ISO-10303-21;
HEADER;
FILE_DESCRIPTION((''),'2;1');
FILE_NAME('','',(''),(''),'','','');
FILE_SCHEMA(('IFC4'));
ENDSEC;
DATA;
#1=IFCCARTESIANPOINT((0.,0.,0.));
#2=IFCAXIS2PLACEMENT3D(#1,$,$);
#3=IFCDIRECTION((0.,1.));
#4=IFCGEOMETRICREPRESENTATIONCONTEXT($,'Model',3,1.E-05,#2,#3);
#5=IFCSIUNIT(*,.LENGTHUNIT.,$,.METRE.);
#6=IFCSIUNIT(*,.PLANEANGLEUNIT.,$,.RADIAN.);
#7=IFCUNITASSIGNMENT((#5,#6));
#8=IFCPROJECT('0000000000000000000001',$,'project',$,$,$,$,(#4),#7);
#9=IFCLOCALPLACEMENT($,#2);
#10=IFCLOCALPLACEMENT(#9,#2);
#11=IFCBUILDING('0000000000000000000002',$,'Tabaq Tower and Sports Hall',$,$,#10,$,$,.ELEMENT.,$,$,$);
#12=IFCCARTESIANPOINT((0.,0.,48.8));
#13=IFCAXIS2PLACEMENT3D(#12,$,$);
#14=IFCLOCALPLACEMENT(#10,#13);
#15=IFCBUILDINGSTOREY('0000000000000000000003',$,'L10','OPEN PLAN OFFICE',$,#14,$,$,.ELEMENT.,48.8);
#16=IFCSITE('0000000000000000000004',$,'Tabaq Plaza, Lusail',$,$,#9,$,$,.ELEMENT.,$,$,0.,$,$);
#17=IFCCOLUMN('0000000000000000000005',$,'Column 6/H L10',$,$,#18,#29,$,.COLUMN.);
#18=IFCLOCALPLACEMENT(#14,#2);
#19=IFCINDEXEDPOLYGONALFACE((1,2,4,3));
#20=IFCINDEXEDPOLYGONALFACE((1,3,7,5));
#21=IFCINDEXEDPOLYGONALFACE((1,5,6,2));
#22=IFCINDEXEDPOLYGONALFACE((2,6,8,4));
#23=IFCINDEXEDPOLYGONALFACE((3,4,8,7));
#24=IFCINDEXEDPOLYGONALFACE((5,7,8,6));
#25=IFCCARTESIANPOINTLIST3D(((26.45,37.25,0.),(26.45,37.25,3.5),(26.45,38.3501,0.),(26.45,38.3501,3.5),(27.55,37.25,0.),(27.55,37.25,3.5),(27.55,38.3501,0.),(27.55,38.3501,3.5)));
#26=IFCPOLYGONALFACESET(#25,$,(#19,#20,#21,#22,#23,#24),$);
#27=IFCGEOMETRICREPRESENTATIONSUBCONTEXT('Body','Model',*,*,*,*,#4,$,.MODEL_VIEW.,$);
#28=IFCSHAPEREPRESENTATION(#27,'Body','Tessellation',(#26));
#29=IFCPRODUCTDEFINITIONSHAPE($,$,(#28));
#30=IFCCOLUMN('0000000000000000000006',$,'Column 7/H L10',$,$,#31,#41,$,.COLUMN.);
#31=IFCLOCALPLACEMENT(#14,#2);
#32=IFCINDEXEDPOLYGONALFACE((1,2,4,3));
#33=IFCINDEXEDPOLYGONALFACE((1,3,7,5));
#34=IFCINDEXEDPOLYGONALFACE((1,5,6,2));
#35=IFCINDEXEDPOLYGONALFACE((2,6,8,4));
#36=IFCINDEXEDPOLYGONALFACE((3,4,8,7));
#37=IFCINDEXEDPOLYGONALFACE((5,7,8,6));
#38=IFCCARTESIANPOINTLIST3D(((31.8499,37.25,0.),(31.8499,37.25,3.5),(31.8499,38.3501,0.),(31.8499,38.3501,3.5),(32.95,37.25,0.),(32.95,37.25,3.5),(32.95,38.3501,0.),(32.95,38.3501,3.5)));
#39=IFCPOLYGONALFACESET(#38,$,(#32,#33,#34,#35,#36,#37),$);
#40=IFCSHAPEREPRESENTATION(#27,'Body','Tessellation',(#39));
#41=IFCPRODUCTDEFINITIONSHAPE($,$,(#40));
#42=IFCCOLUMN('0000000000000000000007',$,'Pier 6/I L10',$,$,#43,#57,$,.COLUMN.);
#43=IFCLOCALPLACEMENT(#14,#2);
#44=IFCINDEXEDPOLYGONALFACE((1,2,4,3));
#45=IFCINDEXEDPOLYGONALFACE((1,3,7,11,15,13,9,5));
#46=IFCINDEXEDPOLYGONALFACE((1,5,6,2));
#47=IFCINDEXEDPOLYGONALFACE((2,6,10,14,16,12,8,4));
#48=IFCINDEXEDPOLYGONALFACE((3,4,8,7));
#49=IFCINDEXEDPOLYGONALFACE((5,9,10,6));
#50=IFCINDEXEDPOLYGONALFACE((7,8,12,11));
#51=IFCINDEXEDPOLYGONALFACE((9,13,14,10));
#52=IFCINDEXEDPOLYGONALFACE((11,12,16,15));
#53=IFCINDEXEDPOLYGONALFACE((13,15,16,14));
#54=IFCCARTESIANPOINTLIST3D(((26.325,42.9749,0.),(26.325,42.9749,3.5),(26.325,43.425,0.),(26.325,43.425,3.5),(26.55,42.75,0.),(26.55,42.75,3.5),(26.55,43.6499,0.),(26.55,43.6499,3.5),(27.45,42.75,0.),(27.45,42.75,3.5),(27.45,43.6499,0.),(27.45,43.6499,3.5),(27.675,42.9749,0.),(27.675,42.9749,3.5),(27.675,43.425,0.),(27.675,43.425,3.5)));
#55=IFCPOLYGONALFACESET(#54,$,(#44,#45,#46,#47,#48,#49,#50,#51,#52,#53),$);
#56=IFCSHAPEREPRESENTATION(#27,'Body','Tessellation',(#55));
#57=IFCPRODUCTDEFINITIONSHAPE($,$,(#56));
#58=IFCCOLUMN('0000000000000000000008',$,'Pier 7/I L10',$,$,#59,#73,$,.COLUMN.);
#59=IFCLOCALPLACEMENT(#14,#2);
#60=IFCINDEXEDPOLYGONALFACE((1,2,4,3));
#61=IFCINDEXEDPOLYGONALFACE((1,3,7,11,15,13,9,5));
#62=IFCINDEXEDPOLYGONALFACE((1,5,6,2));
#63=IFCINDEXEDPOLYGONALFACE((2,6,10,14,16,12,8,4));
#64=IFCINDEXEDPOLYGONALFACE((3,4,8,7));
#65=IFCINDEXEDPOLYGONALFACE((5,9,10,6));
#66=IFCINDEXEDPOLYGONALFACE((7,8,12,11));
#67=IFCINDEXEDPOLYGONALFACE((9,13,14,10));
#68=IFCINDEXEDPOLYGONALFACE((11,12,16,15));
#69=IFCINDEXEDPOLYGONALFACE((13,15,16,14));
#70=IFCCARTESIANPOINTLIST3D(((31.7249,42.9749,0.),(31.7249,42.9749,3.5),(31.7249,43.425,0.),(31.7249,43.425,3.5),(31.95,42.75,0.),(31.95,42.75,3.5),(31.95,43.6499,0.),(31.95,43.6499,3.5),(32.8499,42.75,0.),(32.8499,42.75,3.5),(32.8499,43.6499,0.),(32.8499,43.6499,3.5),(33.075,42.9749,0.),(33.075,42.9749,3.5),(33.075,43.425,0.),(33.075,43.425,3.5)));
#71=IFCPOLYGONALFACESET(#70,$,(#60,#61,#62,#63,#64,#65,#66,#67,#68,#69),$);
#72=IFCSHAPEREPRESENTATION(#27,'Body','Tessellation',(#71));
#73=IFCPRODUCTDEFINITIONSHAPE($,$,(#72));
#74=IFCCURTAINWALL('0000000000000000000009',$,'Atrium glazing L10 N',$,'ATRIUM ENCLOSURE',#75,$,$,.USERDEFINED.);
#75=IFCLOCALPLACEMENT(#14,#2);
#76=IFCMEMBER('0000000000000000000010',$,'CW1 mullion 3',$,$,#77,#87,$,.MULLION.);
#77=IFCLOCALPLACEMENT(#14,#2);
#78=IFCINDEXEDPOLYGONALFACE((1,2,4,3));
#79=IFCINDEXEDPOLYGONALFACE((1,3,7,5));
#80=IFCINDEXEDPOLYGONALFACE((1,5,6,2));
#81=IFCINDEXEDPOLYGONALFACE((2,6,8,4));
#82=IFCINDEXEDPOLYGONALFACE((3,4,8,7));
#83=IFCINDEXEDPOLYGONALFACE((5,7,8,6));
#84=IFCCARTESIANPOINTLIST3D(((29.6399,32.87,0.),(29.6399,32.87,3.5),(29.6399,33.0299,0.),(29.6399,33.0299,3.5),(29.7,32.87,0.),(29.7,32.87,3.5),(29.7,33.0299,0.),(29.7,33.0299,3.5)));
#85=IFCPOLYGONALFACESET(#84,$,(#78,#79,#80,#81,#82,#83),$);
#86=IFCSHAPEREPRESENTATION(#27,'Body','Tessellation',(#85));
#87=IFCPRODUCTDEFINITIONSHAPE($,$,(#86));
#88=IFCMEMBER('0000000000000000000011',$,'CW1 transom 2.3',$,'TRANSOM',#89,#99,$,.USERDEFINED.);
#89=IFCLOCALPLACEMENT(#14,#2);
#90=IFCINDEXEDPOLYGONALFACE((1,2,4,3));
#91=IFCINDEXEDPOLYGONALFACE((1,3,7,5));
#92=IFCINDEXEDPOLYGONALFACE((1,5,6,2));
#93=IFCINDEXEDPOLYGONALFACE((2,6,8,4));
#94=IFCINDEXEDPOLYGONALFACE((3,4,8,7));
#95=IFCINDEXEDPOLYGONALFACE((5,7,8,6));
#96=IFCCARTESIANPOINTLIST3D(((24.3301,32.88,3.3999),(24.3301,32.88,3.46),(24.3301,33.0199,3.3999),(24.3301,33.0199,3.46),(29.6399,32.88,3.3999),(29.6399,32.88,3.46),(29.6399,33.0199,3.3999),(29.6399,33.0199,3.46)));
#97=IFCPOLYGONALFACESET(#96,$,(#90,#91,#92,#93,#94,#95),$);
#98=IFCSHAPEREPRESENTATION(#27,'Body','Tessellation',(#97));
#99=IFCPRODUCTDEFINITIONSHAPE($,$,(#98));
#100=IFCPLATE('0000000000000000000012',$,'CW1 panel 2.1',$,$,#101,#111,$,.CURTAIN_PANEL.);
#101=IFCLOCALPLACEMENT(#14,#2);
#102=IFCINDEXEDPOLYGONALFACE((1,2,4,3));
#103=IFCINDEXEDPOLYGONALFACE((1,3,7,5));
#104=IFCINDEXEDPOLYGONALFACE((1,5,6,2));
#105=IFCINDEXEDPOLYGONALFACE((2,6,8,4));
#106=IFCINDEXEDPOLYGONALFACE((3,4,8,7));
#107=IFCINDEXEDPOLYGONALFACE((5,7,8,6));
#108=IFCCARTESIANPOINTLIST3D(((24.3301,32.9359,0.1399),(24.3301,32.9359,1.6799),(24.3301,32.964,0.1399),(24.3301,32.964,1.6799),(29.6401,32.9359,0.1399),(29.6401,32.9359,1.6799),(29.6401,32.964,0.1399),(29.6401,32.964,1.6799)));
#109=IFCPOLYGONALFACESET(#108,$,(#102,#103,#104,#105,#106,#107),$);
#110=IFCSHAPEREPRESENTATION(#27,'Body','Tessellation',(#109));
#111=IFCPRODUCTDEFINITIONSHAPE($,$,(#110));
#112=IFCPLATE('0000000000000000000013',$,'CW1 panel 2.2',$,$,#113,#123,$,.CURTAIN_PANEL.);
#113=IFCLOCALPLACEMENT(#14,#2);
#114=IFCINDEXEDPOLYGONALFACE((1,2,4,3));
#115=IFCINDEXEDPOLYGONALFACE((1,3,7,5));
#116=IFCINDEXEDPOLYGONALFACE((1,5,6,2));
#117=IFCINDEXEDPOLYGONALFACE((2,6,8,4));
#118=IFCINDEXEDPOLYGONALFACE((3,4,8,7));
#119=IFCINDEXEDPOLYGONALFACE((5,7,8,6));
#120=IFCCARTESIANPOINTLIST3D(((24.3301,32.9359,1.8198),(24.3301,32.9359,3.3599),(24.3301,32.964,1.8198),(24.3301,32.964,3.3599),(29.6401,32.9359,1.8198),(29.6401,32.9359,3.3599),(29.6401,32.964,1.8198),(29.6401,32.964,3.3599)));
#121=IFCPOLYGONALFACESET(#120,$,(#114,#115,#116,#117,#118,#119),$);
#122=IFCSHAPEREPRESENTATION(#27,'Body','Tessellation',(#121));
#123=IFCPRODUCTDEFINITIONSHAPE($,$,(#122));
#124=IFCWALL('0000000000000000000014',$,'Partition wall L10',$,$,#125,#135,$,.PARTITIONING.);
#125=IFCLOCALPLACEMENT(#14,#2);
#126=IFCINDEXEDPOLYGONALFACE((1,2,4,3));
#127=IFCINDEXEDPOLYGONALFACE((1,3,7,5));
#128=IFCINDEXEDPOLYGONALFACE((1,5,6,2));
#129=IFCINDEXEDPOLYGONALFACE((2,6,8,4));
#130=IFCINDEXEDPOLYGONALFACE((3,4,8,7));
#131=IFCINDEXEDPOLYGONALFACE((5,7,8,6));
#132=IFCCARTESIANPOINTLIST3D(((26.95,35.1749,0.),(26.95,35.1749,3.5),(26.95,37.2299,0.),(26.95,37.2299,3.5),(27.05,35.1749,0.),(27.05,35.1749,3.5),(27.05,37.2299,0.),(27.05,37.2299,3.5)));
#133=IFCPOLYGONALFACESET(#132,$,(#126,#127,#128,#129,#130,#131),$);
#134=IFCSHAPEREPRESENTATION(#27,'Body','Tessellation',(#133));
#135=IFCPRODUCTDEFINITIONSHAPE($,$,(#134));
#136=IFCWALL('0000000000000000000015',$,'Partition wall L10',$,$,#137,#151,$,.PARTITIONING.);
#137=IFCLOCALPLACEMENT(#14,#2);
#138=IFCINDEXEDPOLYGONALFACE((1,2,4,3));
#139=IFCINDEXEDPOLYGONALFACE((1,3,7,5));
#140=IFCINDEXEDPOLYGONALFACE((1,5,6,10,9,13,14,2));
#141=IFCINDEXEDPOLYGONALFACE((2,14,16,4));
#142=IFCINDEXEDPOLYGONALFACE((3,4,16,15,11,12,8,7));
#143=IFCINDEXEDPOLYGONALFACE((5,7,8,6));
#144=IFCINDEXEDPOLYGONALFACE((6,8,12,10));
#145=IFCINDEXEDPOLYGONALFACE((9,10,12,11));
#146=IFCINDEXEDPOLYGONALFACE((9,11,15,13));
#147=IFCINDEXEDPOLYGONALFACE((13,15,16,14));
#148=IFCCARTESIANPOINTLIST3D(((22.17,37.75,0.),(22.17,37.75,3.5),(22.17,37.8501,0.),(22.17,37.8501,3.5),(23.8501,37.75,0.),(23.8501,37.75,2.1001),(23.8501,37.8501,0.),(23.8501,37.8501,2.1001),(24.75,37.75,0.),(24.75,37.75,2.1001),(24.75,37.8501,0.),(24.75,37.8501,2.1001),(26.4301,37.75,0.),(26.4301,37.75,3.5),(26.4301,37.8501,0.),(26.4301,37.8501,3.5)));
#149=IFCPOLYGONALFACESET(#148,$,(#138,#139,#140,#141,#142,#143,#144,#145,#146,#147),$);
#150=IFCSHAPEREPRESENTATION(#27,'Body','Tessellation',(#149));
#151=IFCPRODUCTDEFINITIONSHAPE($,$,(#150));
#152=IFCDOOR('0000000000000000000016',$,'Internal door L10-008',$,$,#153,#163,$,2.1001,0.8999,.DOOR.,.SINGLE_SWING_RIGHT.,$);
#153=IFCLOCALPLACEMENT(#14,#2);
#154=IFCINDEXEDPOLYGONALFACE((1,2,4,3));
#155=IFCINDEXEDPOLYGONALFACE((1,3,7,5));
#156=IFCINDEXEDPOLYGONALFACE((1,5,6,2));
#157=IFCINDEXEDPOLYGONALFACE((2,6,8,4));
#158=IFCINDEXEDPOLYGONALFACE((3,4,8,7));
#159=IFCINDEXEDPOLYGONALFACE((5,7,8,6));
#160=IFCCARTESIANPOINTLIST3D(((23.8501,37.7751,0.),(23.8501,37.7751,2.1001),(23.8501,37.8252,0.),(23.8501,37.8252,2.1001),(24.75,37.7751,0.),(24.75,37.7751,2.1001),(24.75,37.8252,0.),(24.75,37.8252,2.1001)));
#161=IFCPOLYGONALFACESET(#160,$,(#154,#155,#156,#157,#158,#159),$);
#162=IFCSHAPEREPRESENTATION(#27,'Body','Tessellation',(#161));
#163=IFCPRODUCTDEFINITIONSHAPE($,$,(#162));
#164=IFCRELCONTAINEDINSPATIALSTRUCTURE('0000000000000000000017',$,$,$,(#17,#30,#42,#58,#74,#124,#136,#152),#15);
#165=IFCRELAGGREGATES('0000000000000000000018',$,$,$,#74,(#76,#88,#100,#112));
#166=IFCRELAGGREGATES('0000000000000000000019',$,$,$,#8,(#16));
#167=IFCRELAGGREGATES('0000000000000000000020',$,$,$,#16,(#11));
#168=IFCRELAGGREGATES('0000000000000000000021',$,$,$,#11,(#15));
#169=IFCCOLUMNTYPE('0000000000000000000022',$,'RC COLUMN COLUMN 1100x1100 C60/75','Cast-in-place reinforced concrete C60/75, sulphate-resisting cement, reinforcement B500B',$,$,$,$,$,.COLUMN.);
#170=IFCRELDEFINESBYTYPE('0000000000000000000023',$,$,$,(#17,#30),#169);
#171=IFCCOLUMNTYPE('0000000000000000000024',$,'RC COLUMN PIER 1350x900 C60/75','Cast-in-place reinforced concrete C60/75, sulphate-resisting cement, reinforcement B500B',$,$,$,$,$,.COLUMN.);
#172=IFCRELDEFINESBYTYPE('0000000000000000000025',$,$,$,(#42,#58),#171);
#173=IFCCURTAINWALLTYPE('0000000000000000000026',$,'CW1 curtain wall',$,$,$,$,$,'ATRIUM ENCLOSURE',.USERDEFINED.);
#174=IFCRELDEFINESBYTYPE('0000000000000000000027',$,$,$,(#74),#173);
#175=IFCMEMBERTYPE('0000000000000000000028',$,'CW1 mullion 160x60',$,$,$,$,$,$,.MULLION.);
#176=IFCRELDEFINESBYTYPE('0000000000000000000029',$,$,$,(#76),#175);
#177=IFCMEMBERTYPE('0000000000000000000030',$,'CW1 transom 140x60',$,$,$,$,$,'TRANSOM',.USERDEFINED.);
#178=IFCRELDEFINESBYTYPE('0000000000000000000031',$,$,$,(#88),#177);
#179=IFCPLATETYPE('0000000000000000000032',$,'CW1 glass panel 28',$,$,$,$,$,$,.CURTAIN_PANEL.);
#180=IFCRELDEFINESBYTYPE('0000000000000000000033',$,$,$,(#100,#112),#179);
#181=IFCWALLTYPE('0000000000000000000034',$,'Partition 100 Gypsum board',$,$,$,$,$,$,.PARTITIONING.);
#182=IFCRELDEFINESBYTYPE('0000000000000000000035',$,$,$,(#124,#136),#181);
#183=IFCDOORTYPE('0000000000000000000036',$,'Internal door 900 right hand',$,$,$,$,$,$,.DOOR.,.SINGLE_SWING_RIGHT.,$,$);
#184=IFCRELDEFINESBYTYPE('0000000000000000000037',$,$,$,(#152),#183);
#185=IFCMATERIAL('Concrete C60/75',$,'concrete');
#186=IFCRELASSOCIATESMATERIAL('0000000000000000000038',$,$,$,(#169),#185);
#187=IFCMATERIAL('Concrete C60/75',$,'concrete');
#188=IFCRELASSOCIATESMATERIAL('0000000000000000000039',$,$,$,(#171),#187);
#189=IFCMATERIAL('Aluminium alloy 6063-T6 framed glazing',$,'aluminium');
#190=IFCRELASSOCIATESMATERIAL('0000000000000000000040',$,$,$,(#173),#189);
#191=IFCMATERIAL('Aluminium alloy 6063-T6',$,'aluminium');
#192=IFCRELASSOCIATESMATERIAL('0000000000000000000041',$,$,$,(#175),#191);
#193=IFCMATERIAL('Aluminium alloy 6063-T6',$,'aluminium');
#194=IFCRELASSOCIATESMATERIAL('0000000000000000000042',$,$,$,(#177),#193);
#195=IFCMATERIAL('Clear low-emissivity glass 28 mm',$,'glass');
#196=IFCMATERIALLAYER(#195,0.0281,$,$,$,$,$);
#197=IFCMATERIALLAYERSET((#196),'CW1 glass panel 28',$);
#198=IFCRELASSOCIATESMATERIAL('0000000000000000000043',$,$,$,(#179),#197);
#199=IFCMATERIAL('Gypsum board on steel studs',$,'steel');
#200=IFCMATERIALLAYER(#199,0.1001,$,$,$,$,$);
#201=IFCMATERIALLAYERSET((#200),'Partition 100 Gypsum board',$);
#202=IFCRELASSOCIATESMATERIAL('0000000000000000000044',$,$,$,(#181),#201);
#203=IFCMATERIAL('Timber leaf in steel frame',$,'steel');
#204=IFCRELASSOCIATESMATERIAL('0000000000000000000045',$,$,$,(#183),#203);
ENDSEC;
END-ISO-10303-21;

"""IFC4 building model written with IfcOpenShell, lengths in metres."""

from ifc_helpers import new_model, si_unit, direction, frame, frame_2d, origin, origin_2d, place, context, subcontext, project, spatial, polyline, rectangle, outline, extrude, material, layer, layer_set, material_profile, profile_set, type_object, element, fill, aggregate, save


model = new_model("IFC4")

# Units and contexts
model_context = context("Model", 3, precision=1e-05, world=origin(), true_north=direction((0.0, 1.0)))
body_context = subcontext(model_context, "Body", "Model", "MODEL_VIEW")
ifc_project = project(units=[si_unit("LENGTHUNIT", "METRE"), si_unit("PLANEANGLEUNIT", "RADIAN")], contexts=[model_context])

# Site, building, storey
site_placement = place(None, origin())
site = spatial("IfcSite", under=ifc_project, at=site_placement, Name="Tabaq Plaza, Lusail", CompositionType="ELEMENT", RefElevation=0.0)
building_placement = place(site_placement, origin())
building = spatial("IfcBuilding", under=site, at=building_placement, Name="Tabaq Tower and Sports Hall", CompositionType="ELEMENT")
storey_placement = place(building_placement, frame((0.0, 0.0, 48.8)))
storey = spatial("IfcBuildingStorey", under=building, at=storey_placement, Name="L10", Description="OPEN PLAN OFFICE", CompositionType="ELEMENT", Elevation=48.8)

# Columns
ifc_material_1 = material(Name="Concrete C60/75", Category="concrete")
ifc_material_profile_1 = material_profile(ifc_material_1, rectangle(XDim=1.1001, YDim=1.1001, at=origin_2d()), Name="COLUMN 1100x1100")
ifc_profile_set_1 = profile_set([ifc_material_profile_1], Name="Concrete C60/75")
column_type_1 = type_object("IfcColumnType", Name="RC COLUMN COLUMN 1100x1100 C60/75", Description="Cast-in-place reinforced concrete C60/75, sulphate-resisting cement, reinforcement B500B", PredefinedType="COLUMN", material=ifc_profile_set_1)
for number, where, z_axis, x_axis, name in (
    (1, (27.0, 37.8, 0.0), (0.0, 0.0, 1.0), (1.0, 0.0, 0.0), "Column 6/H L10"),
    (2, (32.3999, 37.8, 0.0), (0.0, 0.0, 1.0), (1.0, 0.0, 0.0), "Column 7/H L10"),
):
    element("IfcColumn", number, at=place(storey_placement, frame(where, z_axis=z_axis, x_axis=x_axis)), inside=storey, type_object=column_type_1, Name=name, PredefinedType="COLUMN", context=body_context, shape_type="SweptSolid", body=[
        extrude(rectangle(XDim=1.1001, YDim=1.1001, at=origin_2d()), origin(), (0.0, 0.0, 1.0), 3.5),
    ])
ifc_material_2 = material(Name="Concrete C60/75", Category="concrete")
ifc_material_profile_2 = material_profile(ifc_material_2, outline(polyline([(-0.45, -0.45), (0.45, -0.45), (0.675, -0.2251), (0.675, 0.2251), (0.45, 0.45), (-0.45, 0.45), (-0.675, 0.2251), (-0.675, -0.2251), (-0.45, -0.45)])), Name="PIER 1350x900")
ifc_profile_set_2 = profile_set([ifc_material_profile_2], Name="Concrete C60/75")
column_type_2 = type_object("IfcColumnType", Name="RC COLUMN PIER 1350x900 C60/75", Description="Cast-in-place reinforced concrete C60/75, sulphate-resisting cement, reinforcement B500B", PredefinedType="COLUMN", material=ifc_profile_set_2)
for number, where, z_axis, x_axis, name in (
    (3, (27.0, 43.2, 0.0), (0.0, 0.0, 1.0), (1.0, 0.0, 0.0), "Pier 6/I L10"),
    (4, (32.3999, 43.2, 0.0), (0.0, 0.0, 1.0), (1.0, 0.0, 0.0), "Pier 7/I L10"),
):
    element("IfcColumn", number, at=place(storey_placement, frame(where, z_axis=z_axis, x_axis=x_axis)), inside=storey, type_object=column_type_2, Name=name, PredefinedType="COLUMN", context=body_context, shape_type="SweptSolid", body=[
        extrude(outline(polyline([(-0.45, -0.45), (0.45, -0.45), (0.675, -0.2251), (0.675, 0.2251), (0.45, 0.45), (-0.45, 0.45), (-0.675, 0.2251), (-0.675, -0.2251), (-0.45, -0.45)])), origin(), (0.0, 0.0, 1.0), 3.5),
    ])

# Curtain wall, members, plates
ifc_material_3 = material(Name="Aluminium alloy 6063-T6 framed glazing", Category="aluminium")
curtain_wall_type = type_object("IfcCurtainWallType", Name="CW1 curtain wall", ElementType="ATRIUM ENCLOSURE", PredefinedType="USERDEFINED", material=ifc_material_3)
curtain_wall_placement = place(storey_placement, origin())
curtain_wall = element("IfcCurtainWall", 5, at=curtain_wall_placement, inside=storey, type_object=curtain_wall_type, Name="Atrium glazing L10 N", ObjectType="ATRIUM ENCLOSURE", PredefinedType="USERDEFINED")
ifc_material_4 = material(Name="Aluminium alloy 6063-T6", Category="aluminium")
ifc_material_profile_3 = material_profile(ifc_material_4, rectangle(XDim=0.1599, YDim=0.0601, at=origin_2d()), Name="MULLION 160x60")
ifc_profile_set_3 = profile_set([ifc_material_profile_3], Name="Aluminium alloy 6063-T6")
member_type_1 = type_object("IfcMemberType", Name="CW1 mullion 160x60", PredefinedType="MULLION", material=ifc_profile_set_3)
member_1_placement = place(storey_placement, frame((29.6699, 32.95, 0.0), z_axis=(0.0, 0.0, 1.0), x_axis=(0.0, 1.0, 0.0)))
member_1 = element("IfcMember", 6, at=member_1_placement, type_object=member_type_1, Name="CW1 mullion 3", PredefinedType="MULLION", context=body_context, shape_type="SweptSolid", body=[
    extrude(rectangle(XDim=0.1599, YDim=0.0601, at=origin_2d()), origin(), (0.0, 0.0, 1.0), 3.5),
])
ifc_material_5 = material(Name="Aluminium alloy 6063-T6", Category="aluminium")
ifc_material_profile_4 = material_profile(ifc_material_5, rectangle(XDim=0.1399, YDim=0.0601, at=origin_2d()), Name="TRANSOM 140x60")
ifc_profile_set_4 = profile_set([ifc_material_profile_4], Name="Aluminium alloy 6063-T6")
member_type_2 = type_object("IfcMemberType", Name="CW1 transom 140x60", ElementType="TRANSOM", PredefinedType="USERDEFINED", material=ifc_profile_set_4)
member_2_placement = place(storey_placement, frame((24.3301, 32.95, 3.4299), z_axis=(1.0, 0.0, 0.0), x_axis=(0.0, 1.0, 0.0)))
member_2 = element("IfcMember", 7, at=member_2_placement, type_object=member_type_2, Name="CW1 transom 2.3", ObjectType="TRANSOM", PredefinedType="USERDEFINED", context=body_context, shape_type="SweptSolid", body=[
    extrude(rectangle(XDim=0.1399, YDim=0.0601, at=origin_2d()), origin(), (0.0, 0.0, 1.0), 5.3098),
])
ifc_material_6 = material(Name="Clear low-emissivity glass 28 mm", Category="glass")
ifc_layer_1 = layer(ifc_material_6, 0.0281)
ifc_layer_set_1 = layer_set([ifc_layer_1], Name="CW1 glass panel 28")
plate_type = type_object("IfcPlateType", Name="CW1 glass panel 28", PredefinedType="CURTAIN_PANEL", material=ifc_layer_set_1)
plate_1_placement = place(storey_placement, frame((26.9851, 32.95, 0.1399), z_axis=(0.0, 0.0, 1.0), x_axis=(1.0, 0.0, 0.0)))
plate_1 = element("IfcPlate", 8, at=plate_1_placement, type_object=plate_type, Name="CW1 panel 2.1", PredefinedType="CURTAIN_PANEL", context=body_context, shape_type="SweptSolid", body=[
    extrude(rectangle(XDim=5.3101, YDim=0.0281, at=origin_2d()), origin(), (0.0, 0.0, 1.0), 1.54),
])
plate_2_placement = place(storey_placement, frame((26.9851, 32.95, 1.8198), z_axis=(0.0, 0.0, 1.0), x_axis=(1.0, 0.0, 0.0)))
plate_2 = element("IfcPlate", 9, at=plate_2_placement, type_object=plate_type, Name="CW1 panel 2.2", PredefinedType="CURTAIN_PANEL", context=body_context, shape_type="SweptSolid", body=[
    extrude(rectangle(XDim=5.3101, YDim=0.0281, at=origin_2d()), origin(), (0.0, 0.0, 1.0), 1.54),
])
aggregate(curtain_wall, [member_1, member_2, plate_1, plate_2])

# Wall
ifc_material_7 = material(Name="Gypsum board on steel studs", Category="steel")
ifc_layer_2 = layer(ifc_material_7, 0.1001)
ifc_layer_set_2 = layer_set([ifc_layer_2], Name="Partition 100 Gypsum board")
wall_type_1 = type_object("IfcWallType", Name="Partition 100 Gypsum board", PredefinedType="PARTITIONING", material=ifc_layer_set_2)
wall_1_placement = place(storey_placement, frame((27.0, 35.175, 0.0), z_axis=(0.0, 0.0, 1.0), x_axis=(0.0, 1.0, 0.0)))
element("IfcWall", 10, at=wall_1_placement, inside=storey, type_object=wall_type_1, Name="Partition wall L10", PredefinedType="PARTITIONING", context=body_context, shape_type="SweptSolid", body=[
    extrude(rectangle(XDim=2.0549, YDim=0.1001, at=frame_2d((1.0273, 0.0))), origin(), (0.0, 0.0, 1.0), 3.5),
])

# Wall, opening, door
wall_2_placement = place(storey_placement, frame((26.4299, 37.8, 0.0), z_axis=(0.0, 0.0, 1.0), x_axis=(-1.0, 0.0, 0.0)))
wall_2 = element("IfcWall", 11, at=wall_2_placement, inside=storey, type_object=wall_type_1, Name="Partition wall L10", PredefinedType="PARTITIONING", context=body_context, shape_type="SweptSolid", body=[
    extrude(rectangle(XDim=4.26, YDim=0.1001, at=frame_2d((2.1299, 0.0))), origin(), (0.0, 0.0, 1.0), 3.5),
])
opening_1_placement = place(wall_2_placement, frame((1.6799, 0.0, 0.0)))
opening_1 = element("IfcOpeningElement", 12, at=opening_1_placement, cuts=wall_2, PredefinedType="OPENING", context=body_context, shape_type="SweptSolid", body=[
    extrude(rectangle(XDim=0.8999, YDim=2.1001, at=frame_2d((0.45, 1.05))), frame((0.0, 0.05, 0.0), z_axis=(0.0, -1.0, 0.0), x_axis=(1.0, 0.0, 0.0)), (0.0, 0.0, 1.0), 0.1001),
])
ifc_material_8 = material(Name="Timber leaf in steel frame", Category="steel")
door_type_1 = type_object("IfcDoorType", Name="Internal door 900 right hand", OperationType="SINGLE_SWING_RIGHT", PredefinedType="DOOR", material=ifc_material_8)
door_1_placement = place(opening_1_placement, origin())
door_1 = element("IfcDoor", 13, at=door_1_placement, inside=storey, type_object=door_type_1, Name="Internal door L10-008", OperationType="SINGLE_SWING_RIGHT", OverallHeight=2.1001, OverallWidth=0.8999, PredefinedType="DOOR", context=body_context, shape_type="SweptSolid", body=[
    extrude(rectangle(XDim=0.8999, YDim=2.1001, at=frame_2d((0.45, 1.05))), frame((0.0, 0.0249, 0.0), z_axis=(0.0, -1.0, 0.0), x_axis=(1.0, 0.0, 0.0)), (0.0, 0.0, 1.0), 0.05),
])
fill(opening_1, door_1)

save(model, "model.ifc")
